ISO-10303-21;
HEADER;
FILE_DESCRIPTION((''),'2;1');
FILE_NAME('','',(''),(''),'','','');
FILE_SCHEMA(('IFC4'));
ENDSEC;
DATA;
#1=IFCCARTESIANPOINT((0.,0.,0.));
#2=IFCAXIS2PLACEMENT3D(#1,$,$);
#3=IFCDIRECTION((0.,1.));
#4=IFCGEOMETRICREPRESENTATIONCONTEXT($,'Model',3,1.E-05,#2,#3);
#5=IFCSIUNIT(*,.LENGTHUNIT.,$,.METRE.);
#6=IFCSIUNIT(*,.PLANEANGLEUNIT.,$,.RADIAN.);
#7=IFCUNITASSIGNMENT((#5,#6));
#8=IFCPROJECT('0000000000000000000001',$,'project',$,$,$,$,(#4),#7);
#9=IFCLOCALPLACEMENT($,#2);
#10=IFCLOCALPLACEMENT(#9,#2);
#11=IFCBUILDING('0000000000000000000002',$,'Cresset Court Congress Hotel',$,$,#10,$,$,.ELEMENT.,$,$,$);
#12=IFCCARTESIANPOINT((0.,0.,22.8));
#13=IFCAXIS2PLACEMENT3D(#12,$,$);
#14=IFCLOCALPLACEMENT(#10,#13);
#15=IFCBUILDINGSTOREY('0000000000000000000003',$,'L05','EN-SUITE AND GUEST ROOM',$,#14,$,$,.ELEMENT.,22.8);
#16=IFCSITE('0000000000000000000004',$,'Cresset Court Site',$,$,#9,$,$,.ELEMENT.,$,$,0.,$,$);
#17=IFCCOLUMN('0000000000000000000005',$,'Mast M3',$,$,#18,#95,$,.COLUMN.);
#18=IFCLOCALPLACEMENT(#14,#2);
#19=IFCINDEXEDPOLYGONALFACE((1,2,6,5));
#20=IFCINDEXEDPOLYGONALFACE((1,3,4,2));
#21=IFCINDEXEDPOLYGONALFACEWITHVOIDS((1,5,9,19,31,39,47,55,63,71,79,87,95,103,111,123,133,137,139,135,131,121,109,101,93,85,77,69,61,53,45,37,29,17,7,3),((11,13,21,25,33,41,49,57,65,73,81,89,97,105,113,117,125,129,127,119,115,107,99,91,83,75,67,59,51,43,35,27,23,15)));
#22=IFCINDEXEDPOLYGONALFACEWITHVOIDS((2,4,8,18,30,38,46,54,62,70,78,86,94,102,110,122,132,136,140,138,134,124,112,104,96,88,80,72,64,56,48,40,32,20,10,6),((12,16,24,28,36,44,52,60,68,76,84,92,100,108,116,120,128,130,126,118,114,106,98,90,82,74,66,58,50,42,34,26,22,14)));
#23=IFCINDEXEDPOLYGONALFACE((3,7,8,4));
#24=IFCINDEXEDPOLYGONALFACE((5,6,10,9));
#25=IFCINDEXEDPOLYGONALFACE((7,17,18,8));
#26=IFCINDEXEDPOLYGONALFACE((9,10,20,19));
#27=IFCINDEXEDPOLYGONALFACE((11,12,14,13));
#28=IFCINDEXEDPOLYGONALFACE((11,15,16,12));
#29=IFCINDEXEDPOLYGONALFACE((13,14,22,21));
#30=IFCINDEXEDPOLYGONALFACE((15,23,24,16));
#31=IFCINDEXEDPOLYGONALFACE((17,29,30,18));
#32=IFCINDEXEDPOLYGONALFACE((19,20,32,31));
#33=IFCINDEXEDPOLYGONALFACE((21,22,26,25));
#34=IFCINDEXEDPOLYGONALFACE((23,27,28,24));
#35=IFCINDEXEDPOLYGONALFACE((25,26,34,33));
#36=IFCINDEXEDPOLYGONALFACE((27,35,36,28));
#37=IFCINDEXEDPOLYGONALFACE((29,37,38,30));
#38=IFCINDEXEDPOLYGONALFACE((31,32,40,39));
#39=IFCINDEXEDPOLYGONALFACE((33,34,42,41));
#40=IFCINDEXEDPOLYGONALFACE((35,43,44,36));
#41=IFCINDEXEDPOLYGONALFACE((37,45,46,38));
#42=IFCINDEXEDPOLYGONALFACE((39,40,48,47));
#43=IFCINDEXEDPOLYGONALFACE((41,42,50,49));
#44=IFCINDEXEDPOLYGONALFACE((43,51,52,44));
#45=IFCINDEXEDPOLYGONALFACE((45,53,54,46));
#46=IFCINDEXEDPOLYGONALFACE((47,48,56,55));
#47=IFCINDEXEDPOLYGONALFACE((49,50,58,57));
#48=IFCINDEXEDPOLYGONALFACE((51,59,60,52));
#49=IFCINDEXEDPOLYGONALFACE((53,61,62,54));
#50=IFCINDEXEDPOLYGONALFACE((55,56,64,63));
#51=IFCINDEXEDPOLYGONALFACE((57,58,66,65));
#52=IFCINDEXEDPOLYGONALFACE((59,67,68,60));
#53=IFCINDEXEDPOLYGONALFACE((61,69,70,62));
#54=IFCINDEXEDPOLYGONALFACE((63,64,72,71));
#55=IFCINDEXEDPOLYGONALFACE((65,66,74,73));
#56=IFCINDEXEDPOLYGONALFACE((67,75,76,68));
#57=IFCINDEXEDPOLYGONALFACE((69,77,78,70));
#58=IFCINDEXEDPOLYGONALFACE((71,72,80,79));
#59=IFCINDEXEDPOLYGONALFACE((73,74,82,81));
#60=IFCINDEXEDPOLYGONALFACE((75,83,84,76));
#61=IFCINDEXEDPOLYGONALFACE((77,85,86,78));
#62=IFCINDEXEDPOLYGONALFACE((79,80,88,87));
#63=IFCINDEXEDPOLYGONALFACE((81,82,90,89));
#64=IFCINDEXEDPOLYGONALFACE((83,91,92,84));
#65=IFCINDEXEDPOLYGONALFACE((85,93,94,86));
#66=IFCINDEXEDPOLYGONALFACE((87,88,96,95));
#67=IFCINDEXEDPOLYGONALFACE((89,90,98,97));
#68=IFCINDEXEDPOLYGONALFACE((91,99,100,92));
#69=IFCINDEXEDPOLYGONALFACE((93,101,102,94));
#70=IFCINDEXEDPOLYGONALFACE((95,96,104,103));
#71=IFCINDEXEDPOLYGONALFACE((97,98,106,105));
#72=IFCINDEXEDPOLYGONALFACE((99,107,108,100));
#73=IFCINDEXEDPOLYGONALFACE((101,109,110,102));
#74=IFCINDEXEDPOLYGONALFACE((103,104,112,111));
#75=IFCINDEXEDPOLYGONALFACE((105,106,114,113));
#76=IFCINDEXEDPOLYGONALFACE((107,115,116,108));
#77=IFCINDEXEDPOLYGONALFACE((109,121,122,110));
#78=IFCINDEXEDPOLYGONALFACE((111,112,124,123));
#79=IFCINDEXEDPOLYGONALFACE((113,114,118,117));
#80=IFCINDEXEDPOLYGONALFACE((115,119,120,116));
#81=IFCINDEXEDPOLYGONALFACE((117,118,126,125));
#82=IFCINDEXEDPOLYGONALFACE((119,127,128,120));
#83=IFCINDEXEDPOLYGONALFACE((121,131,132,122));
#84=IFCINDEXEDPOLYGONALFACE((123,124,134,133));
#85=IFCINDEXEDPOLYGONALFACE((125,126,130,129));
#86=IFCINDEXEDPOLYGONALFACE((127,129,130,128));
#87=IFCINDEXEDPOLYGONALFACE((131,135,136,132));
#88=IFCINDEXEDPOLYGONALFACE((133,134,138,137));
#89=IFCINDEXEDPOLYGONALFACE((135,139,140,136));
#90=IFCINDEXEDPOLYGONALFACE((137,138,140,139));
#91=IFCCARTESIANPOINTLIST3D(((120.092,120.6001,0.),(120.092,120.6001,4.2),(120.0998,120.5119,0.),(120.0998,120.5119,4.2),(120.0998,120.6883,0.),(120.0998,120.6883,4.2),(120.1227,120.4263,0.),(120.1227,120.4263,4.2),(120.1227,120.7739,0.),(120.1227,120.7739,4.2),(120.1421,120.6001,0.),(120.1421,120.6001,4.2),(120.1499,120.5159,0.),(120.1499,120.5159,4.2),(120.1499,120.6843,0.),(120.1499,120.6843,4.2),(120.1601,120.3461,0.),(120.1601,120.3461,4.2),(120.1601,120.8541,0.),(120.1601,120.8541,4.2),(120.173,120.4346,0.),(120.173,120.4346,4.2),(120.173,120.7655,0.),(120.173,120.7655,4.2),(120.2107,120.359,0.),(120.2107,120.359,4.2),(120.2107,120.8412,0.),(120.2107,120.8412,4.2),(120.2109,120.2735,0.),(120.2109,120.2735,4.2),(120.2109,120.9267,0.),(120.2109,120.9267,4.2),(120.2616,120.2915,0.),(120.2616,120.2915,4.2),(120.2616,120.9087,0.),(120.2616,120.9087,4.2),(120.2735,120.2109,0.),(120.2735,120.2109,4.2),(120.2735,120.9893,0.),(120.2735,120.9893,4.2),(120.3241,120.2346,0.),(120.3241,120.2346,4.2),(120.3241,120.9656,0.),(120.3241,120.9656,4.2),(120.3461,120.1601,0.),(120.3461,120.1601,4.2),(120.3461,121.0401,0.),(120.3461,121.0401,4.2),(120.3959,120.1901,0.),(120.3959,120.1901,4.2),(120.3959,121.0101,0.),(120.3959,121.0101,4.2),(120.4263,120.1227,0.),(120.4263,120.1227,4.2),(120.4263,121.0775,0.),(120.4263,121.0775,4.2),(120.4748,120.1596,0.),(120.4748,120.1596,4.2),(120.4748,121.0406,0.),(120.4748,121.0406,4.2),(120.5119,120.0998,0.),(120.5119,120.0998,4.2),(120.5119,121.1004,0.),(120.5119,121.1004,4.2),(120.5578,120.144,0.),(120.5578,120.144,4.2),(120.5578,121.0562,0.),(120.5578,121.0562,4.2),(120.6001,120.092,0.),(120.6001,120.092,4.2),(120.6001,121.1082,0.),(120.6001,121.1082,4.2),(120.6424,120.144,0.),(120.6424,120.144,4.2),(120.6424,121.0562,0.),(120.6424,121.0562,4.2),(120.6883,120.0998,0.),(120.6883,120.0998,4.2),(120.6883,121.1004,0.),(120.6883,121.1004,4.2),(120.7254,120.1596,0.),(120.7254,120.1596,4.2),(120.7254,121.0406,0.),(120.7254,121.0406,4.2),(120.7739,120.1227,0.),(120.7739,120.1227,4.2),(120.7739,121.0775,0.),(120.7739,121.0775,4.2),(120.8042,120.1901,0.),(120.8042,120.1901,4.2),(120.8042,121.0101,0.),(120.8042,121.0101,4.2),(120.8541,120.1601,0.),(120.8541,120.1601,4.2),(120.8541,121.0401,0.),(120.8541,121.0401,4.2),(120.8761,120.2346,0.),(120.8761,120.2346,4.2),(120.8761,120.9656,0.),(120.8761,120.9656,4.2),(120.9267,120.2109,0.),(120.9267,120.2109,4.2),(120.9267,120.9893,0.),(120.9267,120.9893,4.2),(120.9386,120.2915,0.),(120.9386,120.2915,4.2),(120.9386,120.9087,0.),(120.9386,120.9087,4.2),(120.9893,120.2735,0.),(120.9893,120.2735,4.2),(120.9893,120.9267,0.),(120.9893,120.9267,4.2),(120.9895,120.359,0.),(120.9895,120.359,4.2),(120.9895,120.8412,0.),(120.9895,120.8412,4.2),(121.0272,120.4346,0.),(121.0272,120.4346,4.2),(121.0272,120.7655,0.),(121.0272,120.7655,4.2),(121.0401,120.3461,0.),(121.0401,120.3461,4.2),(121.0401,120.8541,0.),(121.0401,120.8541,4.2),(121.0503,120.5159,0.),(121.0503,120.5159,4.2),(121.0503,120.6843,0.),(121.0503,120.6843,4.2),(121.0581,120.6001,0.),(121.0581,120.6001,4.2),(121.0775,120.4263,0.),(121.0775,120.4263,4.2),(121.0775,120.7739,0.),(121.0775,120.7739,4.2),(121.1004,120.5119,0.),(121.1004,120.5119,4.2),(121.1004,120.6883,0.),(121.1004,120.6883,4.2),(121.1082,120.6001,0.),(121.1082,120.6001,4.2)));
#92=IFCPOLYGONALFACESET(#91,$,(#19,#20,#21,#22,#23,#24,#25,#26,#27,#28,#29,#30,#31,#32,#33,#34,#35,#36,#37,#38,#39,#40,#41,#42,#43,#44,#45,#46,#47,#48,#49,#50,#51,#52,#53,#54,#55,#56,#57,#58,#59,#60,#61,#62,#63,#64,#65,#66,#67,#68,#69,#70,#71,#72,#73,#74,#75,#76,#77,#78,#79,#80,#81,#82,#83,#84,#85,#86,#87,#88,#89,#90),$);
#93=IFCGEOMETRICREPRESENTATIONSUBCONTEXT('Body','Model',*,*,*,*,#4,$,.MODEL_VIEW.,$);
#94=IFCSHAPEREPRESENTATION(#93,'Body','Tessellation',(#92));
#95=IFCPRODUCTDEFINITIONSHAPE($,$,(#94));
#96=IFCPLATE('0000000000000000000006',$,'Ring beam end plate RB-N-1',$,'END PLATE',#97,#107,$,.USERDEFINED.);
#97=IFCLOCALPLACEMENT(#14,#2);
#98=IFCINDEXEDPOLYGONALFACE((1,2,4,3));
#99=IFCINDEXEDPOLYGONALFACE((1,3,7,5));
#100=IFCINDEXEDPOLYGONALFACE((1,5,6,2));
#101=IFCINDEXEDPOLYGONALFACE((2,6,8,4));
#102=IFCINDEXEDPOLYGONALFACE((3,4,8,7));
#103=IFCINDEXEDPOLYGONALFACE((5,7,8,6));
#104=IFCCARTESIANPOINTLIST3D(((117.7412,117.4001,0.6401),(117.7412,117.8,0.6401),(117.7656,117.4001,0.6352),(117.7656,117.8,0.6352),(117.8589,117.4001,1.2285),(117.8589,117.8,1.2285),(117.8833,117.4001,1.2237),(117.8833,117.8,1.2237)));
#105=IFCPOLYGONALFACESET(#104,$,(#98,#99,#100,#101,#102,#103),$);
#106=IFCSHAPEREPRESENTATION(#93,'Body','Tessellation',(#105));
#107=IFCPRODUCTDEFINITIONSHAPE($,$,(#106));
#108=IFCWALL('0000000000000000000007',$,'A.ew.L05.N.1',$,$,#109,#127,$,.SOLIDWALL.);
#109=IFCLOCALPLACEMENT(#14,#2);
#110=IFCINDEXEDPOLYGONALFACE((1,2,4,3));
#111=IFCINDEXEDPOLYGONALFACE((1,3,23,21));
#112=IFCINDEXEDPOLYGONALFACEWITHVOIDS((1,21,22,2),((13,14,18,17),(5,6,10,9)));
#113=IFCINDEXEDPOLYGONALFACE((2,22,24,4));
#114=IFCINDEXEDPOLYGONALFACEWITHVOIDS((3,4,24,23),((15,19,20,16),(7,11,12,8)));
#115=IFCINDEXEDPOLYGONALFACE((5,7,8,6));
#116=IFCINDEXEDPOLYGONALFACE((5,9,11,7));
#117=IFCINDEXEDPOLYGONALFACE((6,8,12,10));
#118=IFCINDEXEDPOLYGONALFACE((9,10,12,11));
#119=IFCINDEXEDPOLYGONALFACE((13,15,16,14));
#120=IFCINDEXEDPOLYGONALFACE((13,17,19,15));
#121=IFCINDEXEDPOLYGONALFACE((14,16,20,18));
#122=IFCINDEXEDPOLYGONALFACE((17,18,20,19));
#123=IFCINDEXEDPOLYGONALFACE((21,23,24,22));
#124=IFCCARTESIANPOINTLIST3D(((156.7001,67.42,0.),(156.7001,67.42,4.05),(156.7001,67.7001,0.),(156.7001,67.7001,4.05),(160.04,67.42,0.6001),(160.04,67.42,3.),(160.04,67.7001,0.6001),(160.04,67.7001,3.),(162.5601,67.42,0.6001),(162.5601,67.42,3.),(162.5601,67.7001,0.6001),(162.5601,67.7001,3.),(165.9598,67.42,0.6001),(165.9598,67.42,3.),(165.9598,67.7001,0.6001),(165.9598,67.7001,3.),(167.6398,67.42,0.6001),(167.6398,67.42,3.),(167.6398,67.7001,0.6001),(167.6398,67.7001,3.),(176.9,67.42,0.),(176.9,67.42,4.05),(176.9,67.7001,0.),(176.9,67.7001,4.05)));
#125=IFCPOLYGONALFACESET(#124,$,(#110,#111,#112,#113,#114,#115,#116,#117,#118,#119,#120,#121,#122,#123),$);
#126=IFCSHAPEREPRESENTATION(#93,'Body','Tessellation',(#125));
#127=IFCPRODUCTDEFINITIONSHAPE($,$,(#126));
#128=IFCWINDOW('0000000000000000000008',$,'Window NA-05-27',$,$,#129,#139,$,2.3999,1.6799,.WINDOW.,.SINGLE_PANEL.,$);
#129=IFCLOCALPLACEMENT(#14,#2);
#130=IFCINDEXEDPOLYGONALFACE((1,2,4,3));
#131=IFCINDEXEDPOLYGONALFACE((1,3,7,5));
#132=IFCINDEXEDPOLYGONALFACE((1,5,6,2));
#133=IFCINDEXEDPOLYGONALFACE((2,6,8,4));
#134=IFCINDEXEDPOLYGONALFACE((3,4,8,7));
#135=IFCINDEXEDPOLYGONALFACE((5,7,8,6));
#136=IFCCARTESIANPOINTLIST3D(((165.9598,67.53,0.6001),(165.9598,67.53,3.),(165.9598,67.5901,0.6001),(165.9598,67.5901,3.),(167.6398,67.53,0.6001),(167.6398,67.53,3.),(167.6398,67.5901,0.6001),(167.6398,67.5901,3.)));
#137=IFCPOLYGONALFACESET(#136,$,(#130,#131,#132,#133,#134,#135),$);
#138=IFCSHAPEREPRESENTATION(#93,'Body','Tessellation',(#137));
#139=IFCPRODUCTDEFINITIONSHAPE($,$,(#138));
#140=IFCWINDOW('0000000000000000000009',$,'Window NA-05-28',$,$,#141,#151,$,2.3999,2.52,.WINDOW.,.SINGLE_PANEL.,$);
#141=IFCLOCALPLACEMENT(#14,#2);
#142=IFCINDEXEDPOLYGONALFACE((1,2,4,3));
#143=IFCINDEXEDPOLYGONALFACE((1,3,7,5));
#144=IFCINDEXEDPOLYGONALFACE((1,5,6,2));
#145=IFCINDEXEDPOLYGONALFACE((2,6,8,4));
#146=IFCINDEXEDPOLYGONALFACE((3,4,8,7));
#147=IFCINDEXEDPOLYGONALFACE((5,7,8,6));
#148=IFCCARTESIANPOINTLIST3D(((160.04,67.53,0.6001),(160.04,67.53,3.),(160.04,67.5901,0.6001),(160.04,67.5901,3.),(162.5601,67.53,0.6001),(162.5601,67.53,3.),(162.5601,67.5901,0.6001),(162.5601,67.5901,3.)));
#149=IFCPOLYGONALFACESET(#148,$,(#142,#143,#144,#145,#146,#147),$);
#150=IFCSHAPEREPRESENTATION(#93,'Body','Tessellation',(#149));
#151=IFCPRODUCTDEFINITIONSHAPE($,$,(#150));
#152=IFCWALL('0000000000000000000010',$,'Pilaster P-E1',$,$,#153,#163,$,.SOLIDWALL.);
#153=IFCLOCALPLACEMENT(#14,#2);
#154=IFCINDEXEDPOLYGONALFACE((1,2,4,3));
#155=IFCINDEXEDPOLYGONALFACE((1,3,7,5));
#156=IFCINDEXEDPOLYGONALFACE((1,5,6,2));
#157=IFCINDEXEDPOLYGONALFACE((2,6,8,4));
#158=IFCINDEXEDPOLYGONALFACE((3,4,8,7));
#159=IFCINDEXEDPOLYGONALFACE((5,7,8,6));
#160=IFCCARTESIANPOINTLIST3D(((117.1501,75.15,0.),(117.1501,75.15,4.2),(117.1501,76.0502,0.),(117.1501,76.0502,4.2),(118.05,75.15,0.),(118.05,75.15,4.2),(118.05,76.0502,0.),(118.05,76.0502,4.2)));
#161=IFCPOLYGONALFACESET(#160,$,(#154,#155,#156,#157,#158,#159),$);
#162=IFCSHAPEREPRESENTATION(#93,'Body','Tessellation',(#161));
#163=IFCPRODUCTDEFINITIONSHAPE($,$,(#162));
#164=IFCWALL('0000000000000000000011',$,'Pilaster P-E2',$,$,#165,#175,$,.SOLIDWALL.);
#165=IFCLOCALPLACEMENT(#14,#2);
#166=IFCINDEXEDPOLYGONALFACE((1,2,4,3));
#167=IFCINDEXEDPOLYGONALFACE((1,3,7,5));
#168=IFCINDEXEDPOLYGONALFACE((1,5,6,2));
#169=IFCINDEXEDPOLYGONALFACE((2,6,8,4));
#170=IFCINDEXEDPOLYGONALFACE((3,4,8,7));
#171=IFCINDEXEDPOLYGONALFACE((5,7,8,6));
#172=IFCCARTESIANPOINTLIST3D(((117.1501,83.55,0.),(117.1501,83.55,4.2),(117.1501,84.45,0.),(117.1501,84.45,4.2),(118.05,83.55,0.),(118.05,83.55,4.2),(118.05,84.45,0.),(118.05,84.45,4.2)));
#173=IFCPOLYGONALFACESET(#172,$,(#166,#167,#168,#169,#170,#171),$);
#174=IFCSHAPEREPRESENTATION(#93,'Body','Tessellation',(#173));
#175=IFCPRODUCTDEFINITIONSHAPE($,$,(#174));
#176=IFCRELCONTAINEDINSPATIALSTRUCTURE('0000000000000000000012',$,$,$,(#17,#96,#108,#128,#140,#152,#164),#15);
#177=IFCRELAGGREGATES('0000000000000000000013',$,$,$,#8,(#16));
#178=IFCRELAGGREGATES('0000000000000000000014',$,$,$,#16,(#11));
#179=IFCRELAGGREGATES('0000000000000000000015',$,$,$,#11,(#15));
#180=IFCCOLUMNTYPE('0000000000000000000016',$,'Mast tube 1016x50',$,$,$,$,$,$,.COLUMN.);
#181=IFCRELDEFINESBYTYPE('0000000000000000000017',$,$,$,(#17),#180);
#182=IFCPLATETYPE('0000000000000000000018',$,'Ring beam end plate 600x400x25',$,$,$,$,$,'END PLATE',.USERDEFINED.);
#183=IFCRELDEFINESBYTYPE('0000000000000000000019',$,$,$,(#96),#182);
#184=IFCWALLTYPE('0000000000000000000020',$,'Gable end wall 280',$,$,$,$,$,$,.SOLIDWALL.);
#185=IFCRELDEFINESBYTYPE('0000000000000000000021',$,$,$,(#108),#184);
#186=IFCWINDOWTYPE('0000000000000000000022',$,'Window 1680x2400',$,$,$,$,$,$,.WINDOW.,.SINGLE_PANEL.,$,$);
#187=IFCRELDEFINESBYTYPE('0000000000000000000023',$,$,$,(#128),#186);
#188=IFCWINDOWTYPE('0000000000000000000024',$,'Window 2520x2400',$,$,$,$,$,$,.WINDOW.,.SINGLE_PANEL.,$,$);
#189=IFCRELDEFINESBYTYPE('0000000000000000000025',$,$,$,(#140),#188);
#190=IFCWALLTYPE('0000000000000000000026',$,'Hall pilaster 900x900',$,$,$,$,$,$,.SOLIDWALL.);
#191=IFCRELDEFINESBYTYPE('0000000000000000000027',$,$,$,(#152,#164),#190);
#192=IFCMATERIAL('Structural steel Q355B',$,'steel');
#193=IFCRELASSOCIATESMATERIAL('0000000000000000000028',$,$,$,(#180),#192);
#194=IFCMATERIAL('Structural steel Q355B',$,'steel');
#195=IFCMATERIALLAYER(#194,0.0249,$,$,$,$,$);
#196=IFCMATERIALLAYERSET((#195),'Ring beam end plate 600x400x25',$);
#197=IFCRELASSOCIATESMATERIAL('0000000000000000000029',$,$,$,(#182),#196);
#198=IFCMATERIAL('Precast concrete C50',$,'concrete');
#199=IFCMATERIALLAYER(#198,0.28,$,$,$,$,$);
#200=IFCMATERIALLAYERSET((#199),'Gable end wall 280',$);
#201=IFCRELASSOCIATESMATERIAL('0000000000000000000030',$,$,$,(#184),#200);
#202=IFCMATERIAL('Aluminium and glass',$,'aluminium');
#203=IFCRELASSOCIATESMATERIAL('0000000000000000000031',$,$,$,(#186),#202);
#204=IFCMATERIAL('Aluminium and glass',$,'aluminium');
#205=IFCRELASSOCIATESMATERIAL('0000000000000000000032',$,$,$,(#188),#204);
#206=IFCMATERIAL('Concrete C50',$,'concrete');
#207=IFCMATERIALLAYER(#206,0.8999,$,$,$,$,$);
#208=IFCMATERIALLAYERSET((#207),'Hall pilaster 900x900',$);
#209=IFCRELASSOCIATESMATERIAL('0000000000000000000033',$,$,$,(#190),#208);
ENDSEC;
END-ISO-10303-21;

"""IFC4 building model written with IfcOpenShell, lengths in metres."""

from ifc_helpers import new_model, si_unit, direction, frame, frame_2d, origin, origin_2d, place, context, subcontext, project, spatial, rectangle, hollow_circle, extrude, material, layer, layer_set, material_profile, profile_set, type_object, element, fill, save


model = new_model("IFC4")

# Units and contexts
model_context = context("Model", 3, precision=1e-05, world=origin(), true_north=direction((0.0, 1.0)))
body_context = subcontext(model_context, "Body", "Model", "MODEL_VIEW")
ifc_project = project(units=[si_unit("LENGTHUNIT", "METRE"), si_unit("PLANEANGLEUNIT", "RADIAN")], contexts=[model_context])

# Site, building, storey
site_placement = place(None, origin())
site = spatial("IfcSite", under=ifc_project, at=site_placement, Name="Cresset Court Site", CompositionType="ELEMENT", RefElevation=0.0)
building_placement = place(site_placement, origin())
building = spatial("IfcBuilding", under=site, at=building_placement, Name="Cresset Court Congress Hotel", CompositionType="ELEMENT")
storey_placement = place(building_placement, frame((0.0, 0.0, 22.8)))
storey = spatial("IfcBuildingStorey", under=building, at=storey_placement, Name="L05", Description="EN-SUITE AND GUEST ROOM", CompositionType="ELEMENT", Elevation=22.8)

# Column
ifc_material_1 = material(Name="Structural steel Q355B", Category="steel")
ifc_material_profile = material_profile(ifc_material_1, hollow_circle(Radius=0.5081, WallThickness=0.05, at=origin_2d()), Name="CHS1016x50")
ifc_profile_set = profile_set([ifc_material_profile], Name="Structural steel Q355B")
column_type = type_object("IfcColumnType", Name="Mast tube 1016x50", PredefinedType="COLUMN", material=ifc_profile_set)
column_placement = place(storey_placement, frame((120.6001, 120.6001, 0.0), z_axis=(0.0, 0.0, 1.0), x_axis=(1.0, 0.0, 0.0)))
element("IfcColumn", 1, at=column_placement, inside=storey, type_object=column_type, Name="Mast M3", PredefinedType="COLUMN", context=body_context, shape_type="SweptSolid", body=[
    extrude(hollow_circle(Radius=0.5081, WallThickness=0.05, at=origin_2d()), origin(), (0.0, 0.0, 1.0), 4.2),
])

# Plate
ifc_material_2 = material(Name="Structural steel Q355B", Category="steel")
ifc_layer_1 = layer(ifc_material_2, 0.0249)
ifc_layer_set_1 = layer_set([ifc_layer_1], Name="Ring beam end plate 600x400x25")
plate_type = type_object("IfcPlateType", Name="Ring beam end plate 600x400x25", ElementType="END PLATE", PredefinedType="USERDEFINED", material=ifc_layer_set_1)
plate_placement = place(storey_placement, frame((117.8245, 117.6001, 0.9294), z_axis=(-0.980581, 0.0, 0.196116), x_axis=(0.0, -1.0, 0.0)))
element("IfcPlate", 2, at=plate_placement, inside=storey, type_object=plate_type, Name="Ring beam end plate RB-N-1", ObjectType="END PLATE", PredefinedType="USERDEFINED", context=body_context, shape_type="SweptSolid", body=[
    extrude(rectangle(XDim=0.3999, YDim=0.6001, at=origin_2d()), origin(), (0.0, 0.0, 1.0), 0.0249),
])

# Wall, openings, windows
ifc_material_3 = material(Name="Precast concrete C50", Category="concrete")
ifc_layer_2 = layer(ifc_material_3, 0.28)
ifc_layer_set_2 = layer_set([ifc_layer_2], Name="Gable end wall 280")
wall_type_1 = type_object("IfcWallType", Name="Gable end wall 280", PredefinedType="SOLIDWALL", material=ifc_layer_set_2)
wall_1_placement = place(storey_placement, frame((156.7, 67.5601, 0.0), z_axis=(0.0, 0.0, 1.0), x_axis=(1.0, 0.0, 0.0)))
wall_1 = element("IfcWall", 3, at=wall_1_placement, inside=storey, type_object=wall_type_1, Name="A.ew.L05.N.1", PredefinedType="SOLIDWALL", context=body_context, shape_type="SweptSolid", body=[
    extrude(rectangle(XDim=20.2, YDim=0.28, at=frame_2d((10.1001, 0.0))), origin(), (0.0, 0.0, 1.0), 4.05),
])
opening_1_placement = place(wall_1_placement, frame((9.26, 0.0, 0.6001)))
opening_1 = element("IfcOpeningElement", 4, at=opening_1_placement, cuts=wall_1, PredefinedType="OPENING", context=body_context, shape_type="SweptSolid", body=[
    extrude(rectangle(XDim=1.6799, YDim=2.3999, at=frame_2d((0.8398, 1.2))), frame((0.0, 0.1499, 0.0), z_axis=(0.0, -1.0, 0.0), x_axis=(1.0, 0.0, 0.0)), (0.0, 0.0, 1.0), 0.3),
])
opening_2_placement = place(wall_1_placement, frame((3.3401, 0.0, 0.6001)))
opening_2 = element("IfcOpeningElement", 5, at=opening_2_placement, cuts=wall_1, PredefinedType="OPENING", context=body_context, shape_type="SweptSolid", body=[
    extrude(rectangle(XDim=2.52, YDim=2.3999, at=frame_2d((1.26, 1.2))), frame((0.0, 0.1499, 0.0), z_axis=(0.0, -1.0, 0.0), x_axis=(1.0, 0.0, 0.0)), (0.0, 0.0, 1.0), 0.3),
])
ifc_material_4 = material(Name="Aluminium and glass", Category="aluminium")
window_type_1 = type_object("IfcWindowType", Name="Window 1680x2400", PartitioningType="SINGLE_PANEL", PredefinedType="WINDOW", material=ifc_material_4)
window_1_placement = place(opening_1_placement, origin())
window_1 = element("IfcWindow", 6, at=window_1_placement, inside=storey, type_object=window_type_1, Name="Window NA-05-27", OverallHeight=2.3999, OverallWidth=1.6799, PartitioningType="SINGLE_PANEL", PredefinedType="WINDOW", context=body_context, shape_type="SweptSolid", body=[
    extrude(rectangle(XDim=1.6799, YDim=2.3999, at=frame_2d((0.8398, 1.2))), frame((0.0, 0.03, 0.0), z_axis=(0.0, -1.0, 0.0), x_axis=(1.0, 0.0, 0.0)), (0.0, 0.0, 1.0), 0.0601),
])
fill(opening_1, window_1)
ifc_material_5 = material(Name="Aluminium and glass", Category="aluminium")
window_type_2 = type_object("IfcWindowType", Name="Window 2520x2400", PartitioningType="SINGLE_PANEL", PredefinedType="WINDOW", material=ifc_material_5)
window_2_placement = place(opening_2_placement, origin())
window_2 = element("IfcWindow", 7, at=window_2_placement, inside=storey, type_object=window_type_2, Name="Window NA-05-28", OverallHeight=2.3999, OverallWidth=2.52, PartitioningType="SINGLE_PANEL", PredefinedType="WINDOW", context=body_context, shape_type="SweptSolid", body=[
    extrude(rectangle(XDim=2.52, YDim=2.3999, at=frame_2d((1.26, 1.2))), frame((0.0, 0.03, 0.0), z_axis=(0.0, -1.0, 0.0), x_axis=(1.0, 0.0, 0.0)), (0.0, 0.0, 1.0), 0.0601),
])
fill(opening_2, window_2)

# Walls
ifc_material_6 = material(Name="Concrete C50", Category="concrete")
ifc_layer_3 = layer(ifc_material_6, 0.8999)
ifc_layer_set_3 = layer_set([ifc_layer_3], Name="Hall pilaster 900x900")
wall_type_2 = type_object("IfcWallType", Name="Hall pilaster 900x900", PredefinedType="SOLIDWALL", material=ifc_layer_set_3)
wall_2_placement = place(storey_placement, frame((117.6001, 75.1499, 0.0), z_axis=(0.0, 0.0, 1.0), x_axis=(0.0, 1.0, 0.0)))
element("IfcWall", 8, at=wall_2_placement, inside=storey, type_object=wall_type_2, Name="Pilaster P-E1", PredefinedType="SOLIDWALL", context=body_context, shape_type="SweptSolid", body=[
    extrude(rectangle(XDim=0.9001, YDim=0.8999, at=frame_2d((0.4502, 0.0))), origin(), (0.0, 0.0, 1.0), 4.2),
])
wall_3_placement = place(storey_placement, frame((117.6001, 83.55, 0.0), z_axis=(0.0, 0.0, 1.0), x_axis=(0.0, 1.0, 0.0)))
element("IfcWall", 9, at=wall_3_placement, inside=storey, type_object=wall_type_2, Name="Pilaster P-E2", PredefinedType="SOLIDWALL", context=body_context, shape_type="SweptSolid", body=[
    extrude(rectangle(XDim=0.8999, YDim=0.8999, at=frame_2d((0.45, 0.0))), origin(), (0.0, 0.0, 1.0), 4.2),
])

save(model, "model.ifc")
